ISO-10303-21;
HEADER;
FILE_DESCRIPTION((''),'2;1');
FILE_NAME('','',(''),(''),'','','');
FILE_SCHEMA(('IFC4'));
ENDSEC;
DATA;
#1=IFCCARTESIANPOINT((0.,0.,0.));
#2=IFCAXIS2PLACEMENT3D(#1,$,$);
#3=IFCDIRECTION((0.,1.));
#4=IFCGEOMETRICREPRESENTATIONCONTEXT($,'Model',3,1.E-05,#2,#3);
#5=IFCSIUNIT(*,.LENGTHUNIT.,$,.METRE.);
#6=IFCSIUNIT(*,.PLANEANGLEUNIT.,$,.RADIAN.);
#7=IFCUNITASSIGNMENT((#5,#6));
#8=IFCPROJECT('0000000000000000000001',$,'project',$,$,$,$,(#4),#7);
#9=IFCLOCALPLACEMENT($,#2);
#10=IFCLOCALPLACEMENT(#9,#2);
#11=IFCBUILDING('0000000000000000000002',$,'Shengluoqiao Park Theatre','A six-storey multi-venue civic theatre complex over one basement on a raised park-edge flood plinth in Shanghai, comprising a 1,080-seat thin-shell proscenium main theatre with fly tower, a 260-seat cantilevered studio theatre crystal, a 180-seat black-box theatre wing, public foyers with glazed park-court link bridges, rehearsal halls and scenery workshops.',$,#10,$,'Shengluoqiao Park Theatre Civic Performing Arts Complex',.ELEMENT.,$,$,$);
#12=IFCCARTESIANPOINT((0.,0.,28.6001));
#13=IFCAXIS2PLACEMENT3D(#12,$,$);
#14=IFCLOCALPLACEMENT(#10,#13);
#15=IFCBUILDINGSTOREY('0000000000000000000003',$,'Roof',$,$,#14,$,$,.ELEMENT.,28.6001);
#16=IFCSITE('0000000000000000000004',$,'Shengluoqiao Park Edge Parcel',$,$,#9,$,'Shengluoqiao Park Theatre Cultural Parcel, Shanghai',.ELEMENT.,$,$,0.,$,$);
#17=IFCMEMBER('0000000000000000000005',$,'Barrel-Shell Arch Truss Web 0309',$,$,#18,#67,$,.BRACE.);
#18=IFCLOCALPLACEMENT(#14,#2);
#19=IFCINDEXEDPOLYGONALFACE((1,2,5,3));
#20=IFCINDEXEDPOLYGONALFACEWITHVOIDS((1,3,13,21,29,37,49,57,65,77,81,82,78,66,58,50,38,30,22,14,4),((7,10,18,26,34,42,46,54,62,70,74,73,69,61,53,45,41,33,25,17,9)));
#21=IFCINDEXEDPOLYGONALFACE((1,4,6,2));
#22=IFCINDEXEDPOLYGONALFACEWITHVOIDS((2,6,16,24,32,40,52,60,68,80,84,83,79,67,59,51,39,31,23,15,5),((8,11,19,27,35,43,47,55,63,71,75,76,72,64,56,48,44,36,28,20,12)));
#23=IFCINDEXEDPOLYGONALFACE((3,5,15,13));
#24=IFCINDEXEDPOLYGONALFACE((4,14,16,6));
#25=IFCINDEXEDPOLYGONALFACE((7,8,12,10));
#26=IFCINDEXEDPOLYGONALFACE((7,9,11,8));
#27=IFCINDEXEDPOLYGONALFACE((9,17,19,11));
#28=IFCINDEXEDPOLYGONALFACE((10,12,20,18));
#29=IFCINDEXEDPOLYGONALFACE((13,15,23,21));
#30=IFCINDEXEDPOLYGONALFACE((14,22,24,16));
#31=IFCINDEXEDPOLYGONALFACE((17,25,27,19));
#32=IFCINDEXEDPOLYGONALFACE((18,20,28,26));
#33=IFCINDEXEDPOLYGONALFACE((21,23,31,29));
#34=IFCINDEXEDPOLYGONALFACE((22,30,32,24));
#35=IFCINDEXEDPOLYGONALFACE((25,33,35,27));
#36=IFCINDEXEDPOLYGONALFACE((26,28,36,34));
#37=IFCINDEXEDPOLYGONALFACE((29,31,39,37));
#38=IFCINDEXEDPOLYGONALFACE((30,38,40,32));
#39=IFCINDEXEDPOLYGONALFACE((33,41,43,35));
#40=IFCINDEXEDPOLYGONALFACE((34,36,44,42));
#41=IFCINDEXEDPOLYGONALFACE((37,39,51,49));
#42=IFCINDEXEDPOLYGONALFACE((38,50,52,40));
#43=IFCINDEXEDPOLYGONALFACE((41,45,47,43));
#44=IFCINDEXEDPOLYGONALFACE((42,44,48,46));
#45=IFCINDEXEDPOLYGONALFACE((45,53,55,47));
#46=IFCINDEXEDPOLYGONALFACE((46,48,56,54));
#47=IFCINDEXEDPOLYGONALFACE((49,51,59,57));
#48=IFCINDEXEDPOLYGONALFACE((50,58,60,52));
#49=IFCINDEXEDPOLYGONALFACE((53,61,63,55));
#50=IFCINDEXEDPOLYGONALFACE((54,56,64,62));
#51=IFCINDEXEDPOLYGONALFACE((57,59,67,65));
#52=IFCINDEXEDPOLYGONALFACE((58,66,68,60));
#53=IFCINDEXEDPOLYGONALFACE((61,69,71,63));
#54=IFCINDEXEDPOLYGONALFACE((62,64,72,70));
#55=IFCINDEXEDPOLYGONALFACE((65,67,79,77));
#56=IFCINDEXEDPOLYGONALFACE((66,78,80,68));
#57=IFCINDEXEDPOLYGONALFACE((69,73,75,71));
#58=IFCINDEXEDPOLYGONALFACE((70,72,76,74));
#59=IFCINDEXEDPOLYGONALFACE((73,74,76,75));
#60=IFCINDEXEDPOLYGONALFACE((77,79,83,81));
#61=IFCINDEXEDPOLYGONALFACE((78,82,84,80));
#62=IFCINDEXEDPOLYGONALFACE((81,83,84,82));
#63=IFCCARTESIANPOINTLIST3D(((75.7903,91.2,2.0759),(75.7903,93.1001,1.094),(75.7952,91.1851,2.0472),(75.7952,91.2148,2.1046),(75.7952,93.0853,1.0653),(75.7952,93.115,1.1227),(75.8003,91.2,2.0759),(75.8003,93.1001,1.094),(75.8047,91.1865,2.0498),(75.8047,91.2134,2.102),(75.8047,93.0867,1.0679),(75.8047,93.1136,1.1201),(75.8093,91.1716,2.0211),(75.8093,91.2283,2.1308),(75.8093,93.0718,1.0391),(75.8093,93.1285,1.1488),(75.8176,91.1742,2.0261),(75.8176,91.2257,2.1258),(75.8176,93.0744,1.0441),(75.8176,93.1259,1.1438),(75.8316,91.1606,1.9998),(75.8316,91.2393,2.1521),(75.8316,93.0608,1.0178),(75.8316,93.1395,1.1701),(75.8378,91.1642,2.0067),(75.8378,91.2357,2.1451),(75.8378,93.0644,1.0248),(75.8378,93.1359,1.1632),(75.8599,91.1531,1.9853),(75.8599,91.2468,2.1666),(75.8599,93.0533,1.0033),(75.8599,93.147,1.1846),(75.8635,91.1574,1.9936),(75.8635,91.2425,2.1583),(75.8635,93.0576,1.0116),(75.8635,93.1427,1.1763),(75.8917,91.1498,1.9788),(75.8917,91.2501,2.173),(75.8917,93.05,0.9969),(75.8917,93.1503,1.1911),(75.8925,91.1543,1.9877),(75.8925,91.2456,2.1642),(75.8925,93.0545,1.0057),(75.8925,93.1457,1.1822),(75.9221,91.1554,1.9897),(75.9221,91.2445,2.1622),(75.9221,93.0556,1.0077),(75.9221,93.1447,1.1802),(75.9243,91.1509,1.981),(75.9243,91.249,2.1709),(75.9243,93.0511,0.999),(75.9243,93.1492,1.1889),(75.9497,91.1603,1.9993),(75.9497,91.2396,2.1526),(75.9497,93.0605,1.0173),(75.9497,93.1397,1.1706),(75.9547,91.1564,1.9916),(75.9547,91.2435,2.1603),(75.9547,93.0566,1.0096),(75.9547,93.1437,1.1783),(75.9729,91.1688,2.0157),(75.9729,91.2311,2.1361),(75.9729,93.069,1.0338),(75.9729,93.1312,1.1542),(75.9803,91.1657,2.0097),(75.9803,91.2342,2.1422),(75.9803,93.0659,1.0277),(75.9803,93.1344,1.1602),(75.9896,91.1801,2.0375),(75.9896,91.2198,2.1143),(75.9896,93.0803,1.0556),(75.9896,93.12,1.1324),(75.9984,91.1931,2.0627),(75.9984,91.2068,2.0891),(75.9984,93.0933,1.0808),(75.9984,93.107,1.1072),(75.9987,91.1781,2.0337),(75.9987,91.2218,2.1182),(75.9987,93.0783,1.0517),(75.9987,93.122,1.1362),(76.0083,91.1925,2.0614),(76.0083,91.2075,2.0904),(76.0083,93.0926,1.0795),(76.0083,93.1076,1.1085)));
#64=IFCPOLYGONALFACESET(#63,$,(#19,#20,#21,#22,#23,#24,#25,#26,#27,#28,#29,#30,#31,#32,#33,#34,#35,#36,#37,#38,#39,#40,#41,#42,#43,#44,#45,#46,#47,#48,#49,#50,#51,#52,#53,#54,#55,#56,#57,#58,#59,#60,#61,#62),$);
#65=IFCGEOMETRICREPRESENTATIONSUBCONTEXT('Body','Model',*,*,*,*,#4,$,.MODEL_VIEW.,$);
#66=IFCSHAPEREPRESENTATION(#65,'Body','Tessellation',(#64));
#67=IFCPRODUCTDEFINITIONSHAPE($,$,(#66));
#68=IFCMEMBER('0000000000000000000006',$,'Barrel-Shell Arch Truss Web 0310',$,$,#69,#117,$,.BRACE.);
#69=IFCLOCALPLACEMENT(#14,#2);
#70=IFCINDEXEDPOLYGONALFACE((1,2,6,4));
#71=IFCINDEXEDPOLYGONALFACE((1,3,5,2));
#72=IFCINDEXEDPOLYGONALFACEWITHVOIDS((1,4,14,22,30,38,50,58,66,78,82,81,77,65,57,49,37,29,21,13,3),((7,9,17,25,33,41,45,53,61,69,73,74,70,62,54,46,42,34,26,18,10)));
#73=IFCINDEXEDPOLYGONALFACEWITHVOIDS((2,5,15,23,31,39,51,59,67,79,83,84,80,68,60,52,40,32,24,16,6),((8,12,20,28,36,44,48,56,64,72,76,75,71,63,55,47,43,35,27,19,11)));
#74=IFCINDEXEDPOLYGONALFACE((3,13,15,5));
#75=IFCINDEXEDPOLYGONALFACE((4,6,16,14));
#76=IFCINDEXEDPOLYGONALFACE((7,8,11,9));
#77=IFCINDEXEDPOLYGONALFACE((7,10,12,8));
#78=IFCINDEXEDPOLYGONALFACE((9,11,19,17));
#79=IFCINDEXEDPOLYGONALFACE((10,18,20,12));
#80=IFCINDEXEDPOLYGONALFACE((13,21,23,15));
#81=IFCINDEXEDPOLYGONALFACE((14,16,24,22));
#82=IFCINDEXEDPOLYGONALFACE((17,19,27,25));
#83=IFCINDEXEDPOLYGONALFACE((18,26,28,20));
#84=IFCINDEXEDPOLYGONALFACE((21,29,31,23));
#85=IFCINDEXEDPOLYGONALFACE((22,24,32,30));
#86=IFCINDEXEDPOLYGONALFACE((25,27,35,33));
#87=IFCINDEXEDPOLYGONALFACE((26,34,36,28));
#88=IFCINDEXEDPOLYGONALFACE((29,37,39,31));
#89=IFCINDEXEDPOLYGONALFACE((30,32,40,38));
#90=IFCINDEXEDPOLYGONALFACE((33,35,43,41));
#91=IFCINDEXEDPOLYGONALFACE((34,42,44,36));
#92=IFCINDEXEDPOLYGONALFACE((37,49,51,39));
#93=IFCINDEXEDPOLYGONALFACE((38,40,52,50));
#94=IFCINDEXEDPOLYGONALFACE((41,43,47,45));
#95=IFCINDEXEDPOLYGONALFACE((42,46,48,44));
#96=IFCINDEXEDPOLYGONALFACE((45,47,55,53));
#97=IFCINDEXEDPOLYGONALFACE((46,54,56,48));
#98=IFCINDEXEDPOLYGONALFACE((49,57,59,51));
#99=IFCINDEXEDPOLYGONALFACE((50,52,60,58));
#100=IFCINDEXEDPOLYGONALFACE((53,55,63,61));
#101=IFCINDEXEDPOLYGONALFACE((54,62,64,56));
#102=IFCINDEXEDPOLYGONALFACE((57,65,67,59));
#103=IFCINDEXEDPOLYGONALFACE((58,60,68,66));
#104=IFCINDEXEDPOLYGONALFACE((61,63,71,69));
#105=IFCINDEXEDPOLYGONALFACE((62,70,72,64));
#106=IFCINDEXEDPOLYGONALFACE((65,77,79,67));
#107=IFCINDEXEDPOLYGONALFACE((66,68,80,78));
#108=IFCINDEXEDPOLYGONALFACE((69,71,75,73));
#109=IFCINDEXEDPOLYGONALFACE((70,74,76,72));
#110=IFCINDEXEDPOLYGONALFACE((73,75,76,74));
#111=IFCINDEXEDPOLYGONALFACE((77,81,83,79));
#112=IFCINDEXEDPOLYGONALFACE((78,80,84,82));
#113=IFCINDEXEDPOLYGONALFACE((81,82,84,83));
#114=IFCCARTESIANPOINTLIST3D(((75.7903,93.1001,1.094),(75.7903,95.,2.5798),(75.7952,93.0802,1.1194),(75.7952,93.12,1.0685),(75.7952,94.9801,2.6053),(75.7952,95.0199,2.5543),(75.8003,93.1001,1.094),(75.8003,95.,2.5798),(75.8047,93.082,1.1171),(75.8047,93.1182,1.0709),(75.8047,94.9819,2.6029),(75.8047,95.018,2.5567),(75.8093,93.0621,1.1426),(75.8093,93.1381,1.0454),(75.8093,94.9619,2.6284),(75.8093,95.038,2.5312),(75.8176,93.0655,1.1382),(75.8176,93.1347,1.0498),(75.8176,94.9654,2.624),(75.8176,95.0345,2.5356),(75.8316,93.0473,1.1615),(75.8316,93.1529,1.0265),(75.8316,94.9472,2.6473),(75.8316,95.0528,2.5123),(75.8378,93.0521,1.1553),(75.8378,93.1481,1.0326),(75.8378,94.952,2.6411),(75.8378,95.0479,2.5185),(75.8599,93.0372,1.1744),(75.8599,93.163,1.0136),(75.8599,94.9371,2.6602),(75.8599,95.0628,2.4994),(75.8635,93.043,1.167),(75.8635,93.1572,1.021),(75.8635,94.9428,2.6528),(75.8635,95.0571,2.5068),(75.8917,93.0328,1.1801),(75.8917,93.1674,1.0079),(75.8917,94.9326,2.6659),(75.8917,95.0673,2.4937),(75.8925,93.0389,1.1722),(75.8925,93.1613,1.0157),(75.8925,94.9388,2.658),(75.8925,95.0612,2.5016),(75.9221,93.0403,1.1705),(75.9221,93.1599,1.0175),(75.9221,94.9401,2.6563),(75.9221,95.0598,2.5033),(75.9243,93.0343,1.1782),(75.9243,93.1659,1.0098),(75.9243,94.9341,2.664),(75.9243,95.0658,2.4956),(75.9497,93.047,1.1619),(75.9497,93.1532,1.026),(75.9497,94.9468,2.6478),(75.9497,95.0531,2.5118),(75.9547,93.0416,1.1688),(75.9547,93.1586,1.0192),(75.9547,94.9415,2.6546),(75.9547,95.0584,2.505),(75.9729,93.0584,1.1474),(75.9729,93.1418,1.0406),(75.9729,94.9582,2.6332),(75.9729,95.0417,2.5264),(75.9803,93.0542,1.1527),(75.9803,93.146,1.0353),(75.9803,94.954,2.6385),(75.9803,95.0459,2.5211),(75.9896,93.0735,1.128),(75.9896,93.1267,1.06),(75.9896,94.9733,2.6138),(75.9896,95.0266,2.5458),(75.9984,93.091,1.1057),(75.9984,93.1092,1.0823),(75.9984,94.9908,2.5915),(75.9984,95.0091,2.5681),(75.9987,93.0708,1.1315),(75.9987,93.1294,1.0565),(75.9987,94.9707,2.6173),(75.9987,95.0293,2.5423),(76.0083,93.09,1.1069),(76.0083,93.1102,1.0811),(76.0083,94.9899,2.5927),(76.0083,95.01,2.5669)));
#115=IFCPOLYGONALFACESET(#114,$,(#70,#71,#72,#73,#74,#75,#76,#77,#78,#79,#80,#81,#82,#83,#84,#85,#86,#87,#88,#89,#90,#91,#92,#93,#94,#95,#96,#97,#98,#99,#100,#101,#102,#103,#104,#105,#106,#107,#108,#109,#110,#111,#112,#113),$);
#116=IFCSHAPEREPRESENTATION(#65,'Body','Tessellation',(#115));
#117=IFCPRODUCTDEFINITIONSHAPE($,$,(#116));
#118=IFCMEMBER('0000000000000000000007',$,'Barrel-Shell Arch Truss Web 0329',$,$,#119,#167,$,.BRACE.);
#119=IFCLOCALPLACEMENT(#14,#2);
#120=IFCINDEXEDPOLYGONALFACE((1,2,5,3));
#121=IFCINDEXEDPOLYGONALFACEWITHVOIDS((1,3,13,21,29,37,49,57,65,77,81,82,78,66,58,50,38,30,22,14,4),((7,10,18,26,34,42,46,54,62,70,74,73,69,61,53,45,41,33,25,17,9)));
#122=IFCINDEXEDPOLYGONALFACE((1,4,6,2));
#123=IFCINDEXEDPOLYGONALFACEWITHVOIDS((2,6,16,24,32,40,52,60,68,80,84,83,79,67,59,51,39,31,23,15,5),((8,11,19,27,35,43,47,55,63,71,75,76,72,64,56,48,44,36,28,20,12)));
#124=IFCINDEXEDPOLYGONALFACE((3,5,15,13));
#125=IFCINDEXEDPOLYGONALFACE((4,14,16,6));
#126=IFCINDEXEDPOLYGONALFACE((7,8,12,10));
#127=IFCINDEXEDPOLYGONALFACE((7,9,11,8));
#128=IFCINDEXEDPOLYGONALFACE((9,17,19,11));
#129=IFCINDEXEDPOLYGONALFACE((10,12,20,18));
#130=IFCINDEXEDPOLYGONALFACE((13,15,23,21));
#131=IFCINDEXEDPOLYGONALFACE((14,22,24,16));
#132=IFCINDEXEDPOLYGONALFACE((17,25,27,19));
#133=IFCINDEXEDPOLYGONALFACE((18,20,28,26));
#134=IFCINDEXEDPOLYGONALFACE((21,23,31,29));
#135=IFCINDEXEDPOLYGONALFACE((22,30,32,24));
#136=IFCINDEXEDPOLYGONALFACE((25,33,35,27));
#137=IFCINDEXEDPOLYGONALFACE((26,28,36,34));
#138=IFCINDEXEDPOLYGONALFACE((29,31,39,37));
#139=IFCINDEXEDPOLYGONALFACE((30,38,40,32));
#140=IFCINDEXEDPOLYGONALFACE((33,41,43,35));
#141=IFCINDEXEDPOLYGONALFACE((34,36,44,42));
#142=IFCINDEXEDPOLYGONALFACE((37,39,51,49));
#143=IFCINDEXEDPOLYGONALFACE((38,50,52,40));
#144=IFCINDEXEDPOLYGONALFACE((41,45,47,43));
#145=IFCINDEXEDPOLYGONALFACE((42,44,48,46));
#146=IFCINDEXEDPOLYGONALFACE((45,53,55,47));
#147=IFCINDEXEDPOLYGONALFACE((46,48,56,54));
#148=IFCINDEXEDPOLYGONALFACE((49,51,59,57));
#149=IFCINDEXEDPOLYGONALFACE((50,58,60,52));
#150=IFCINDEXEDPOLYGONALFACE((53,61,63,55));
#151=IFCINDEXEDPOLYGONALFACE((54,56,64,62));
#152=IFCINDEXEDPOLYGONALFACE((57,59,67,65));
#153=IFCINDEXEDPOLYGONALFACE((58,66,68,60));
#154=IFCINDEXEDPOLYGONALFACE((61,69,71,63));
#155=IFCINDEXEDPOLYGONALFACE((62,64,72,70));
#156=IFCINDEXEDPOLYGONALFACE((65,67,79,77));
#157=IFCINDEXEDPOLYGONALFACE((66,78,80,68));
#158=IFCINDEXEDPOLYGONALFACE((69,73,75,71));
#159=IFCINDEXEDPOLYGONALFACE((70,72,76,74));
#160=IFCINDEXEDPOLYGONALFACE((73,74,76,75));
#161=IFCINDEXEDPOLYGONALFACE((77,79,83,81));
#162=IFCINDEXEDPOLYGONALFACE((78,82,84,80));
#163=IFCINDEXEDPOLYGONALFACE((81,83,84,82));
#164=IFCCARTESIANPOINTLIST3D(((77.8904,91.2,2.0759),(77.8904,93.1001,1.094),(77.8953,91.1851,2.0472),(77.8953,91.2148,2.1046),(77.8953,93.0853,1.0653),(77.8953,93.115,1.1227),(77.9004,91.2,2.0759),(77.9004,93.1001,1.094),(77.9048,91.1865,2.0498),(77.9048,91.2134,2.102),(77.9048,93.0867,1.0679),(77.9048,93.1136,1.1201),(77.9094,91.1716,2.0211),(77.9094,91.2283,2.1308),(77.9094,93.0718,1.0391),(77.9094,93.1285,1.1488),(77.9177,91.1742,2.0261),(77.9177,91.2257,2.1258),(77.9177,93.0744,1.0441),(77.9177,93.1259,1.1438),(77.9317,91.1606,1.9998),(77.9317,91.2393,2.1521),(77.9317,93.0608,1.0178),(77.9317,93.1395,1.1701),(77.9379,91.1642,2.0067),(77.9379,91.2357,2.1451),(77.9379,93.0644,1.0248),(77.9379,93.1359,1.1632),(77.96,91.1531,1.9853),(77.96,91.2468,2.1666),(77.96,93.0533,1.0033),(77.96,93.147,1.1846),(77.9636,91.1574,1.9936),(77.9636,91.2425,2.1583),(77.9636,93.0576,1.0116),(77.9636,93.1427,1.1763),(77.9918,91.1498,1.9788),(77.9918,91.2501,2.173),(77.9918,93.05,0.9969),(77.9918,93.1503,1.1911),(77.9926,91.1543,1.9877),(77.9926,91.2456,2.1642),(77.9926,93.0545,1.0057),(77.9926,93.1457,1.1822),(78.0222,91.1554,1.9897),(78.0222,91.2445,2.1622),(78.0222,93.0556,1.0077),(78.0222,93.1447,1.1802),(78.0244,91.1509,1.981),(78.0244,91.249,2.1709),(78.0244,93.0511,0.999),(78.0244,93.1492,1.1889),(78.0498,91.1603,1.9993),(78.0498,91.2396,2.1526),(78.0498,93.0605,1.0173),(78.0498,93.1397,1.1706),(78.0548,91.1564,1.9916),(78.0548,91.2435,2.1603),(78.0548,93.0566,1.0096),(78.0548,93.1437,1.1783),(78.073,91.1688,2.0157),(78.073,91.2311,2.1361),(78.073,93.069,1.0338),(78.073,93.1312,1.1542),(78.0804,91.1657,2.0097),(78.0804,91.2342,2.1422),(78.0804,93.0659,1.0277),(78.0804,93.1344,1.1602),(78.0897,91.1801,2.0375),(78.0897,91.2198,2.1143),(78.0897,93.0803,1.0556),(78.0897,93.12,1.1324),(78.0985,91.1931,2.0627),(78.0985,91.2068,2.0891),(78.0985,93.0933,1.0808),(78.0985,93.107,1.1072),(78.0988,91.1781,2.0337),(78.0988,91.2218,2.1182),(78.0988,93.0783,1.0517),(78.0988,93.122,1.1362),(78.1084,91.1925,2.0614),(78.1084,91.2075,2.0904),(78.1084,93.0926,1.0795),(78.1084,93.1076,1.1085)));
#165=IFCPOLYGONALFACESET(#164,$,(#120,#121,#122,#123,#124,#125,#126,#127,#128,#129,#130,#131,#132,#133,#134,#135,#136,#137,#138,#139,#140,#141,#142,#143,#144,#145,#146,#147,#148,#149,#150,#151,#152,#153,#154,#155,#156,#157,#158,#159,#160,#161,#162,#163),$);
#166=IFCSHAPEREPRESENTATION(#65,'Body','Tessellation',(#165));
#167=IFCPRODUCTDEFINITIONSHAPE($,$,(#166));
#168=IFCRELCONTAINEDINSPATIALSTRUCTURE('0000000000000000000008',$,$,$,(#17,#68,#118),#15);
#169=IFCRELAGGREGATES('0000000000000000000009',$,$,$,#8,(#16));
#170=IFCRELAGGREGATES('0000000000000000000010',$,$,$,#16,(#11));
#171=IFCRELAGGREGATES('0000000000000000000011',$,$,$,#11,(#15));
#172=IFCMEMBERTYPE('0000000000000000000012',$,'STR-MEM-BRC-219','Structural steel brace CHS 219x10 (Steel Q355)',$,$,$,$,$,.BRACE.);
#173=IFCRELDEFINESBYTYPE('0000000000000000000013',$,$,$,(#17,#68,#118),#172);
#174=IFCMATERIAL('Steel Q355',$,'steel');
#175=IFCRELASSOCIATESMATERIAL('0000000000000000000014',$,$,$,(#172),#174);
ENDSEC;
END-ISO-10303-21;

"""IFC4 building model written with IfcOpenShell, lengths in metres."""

from ifc_helpers import new_model, si_unit, direction, frame, origin, origin_2d, place, context, subcontext, project, spatial, hollow_circle, extrude, material, material_profile, profile_set, type_object, element, save


model = new_model("IFC4")

# Units and contexts
model_context = context("Model", 3, precision=1e-05, world=origin(), true_north=direction((0.0, 1.0)))
body_context = subcontext(model_context, "Body", "Model", "MODEL_VIEW")
ifc_project = project(units=[si_unit("LENGTHUNIT", "METRE"), si_unit("PLANEANGLEUNIT", "RADIAN")], contexts=[model_context])

# Site, building, storey
site_placement = place(None, origin())
site = spatial("IfcSite", under=ifc_project, at=site_placement, Name="Shengluoqiao Park Edge Parcel", LongName="Shengluoqiao Park Theatre Cultural Parcel, Shanghai", CompositionType="ELEMENT", RefElevation=0.0)
building_placement = place(site_placement, origin())
building = spatial("IfcBuilding", under=site, at=building_placement, Name="Shengluoqiao Park Theatre", Description="A six-storey multi-venue civic theatre complex over one basement on a raised park-edge flood plinth in Shanghai, comprising a 1,080-seat thin-shell proscenium main theatre with fly tower, a 260-seat cantilevered studio theatre crystal, a 180-seat black-box theatre wing, public foyers with glazed park-court link bridges, rehearsal halls and scenery workshops.", LongName="Shengluoqiao Park Theatre Civic Performing Arts Complex", CompositionType="ELEMENT")
storey_placement = place(building_placement, frame((0.0, 0.0, 28.6001)))
storey = spatial("IfcBuildingStorey", under=building, at=storey_placement, Name="Roof", CompositionType="ELEMENT", Elevation=28.6001)

# Shared definitions
ifc_material_1 = material(Name="Steel Q355", Category="steel")

# Members
ifc_material_profile_1 = material_profile(ifc_material_1, hollow_circle(Radius=0.1096, WallThickness=0.01, at=origin_2d()), Name="CHS 219x10")
ifc_profile_set_1 = profile_set([ifc_material_profile_1], Name="Steel Q355")
member_type_1 = type_object("IfcMemberType", Name="STR-MEM-BRC-219", Description="Structural steel brace CHS 219x10 (Steel Q355)", PredefinedType="BRACE", material=ifc_profile_set_1)
member_1_placement = place(storey_placement, frame((75.8999, 91.2, 2.0759), z_axis=(0.0, 0.888389, -0.459091), x_axis=(-1.0, 0.0, 0.0)))
element("IfcMember", 1, at=member_1_placement, inside=storey, type_object=member_type_1, Name="Barrel-Shell Arch Truss Web 0309", PredefinedType="BRACE", context=body_context, shape_type="SweptSolid", body=[
    extrude(hollow_circle(Radius=0.1096, WallThickness=0.01, at=origin_2d()), origin(), (0.0, 0.0, 1.0), 2.1389),
])
member_2_placement = place(storey_placement, frame((75.8999, 93.1001, 1.094), z_axis=(0.0, 0.787714, 0.616041), x_axis=(-1.0, 0.0, 0.0)))
element("IfcMember", 2, at=member_2_placement, inside=storey, type_object=member_type_1, Name="Barrel-Shell Arch Truss Web 0310", PredefinedType="BRACE", context=body_context, shape_type="SweptSolid", body=[
    extrude(hollow_circle(Radius=0.1096, WallThickness=0.01, at=origin_2d()), origin(), (0.0, 0.0, 1.0), 2.4119),
])
member_3_placement = place(storey_placement, frame((78.0, 91.2, 2.0759), z_axis=(0.0, 0.888389, -0.459091), x_axis=(-1.0, 0.0, 0.0)))
element("IfcMember", 3, at=member_3_placement, inside=storey, type_object=member_type_1, Name="Barrel-Shell Arch Truss Web 0329", PredefinedType="BRACE", context=body_context, shape_type="SweptSolid", body=[
    extrude(hollow_circle(Radius=0.1096, WallThickness=0.01, at=origin_2d()), origin(), (0.0, 0.0, 1.0), 2.1389),
])

save(model, "model.ifc")
